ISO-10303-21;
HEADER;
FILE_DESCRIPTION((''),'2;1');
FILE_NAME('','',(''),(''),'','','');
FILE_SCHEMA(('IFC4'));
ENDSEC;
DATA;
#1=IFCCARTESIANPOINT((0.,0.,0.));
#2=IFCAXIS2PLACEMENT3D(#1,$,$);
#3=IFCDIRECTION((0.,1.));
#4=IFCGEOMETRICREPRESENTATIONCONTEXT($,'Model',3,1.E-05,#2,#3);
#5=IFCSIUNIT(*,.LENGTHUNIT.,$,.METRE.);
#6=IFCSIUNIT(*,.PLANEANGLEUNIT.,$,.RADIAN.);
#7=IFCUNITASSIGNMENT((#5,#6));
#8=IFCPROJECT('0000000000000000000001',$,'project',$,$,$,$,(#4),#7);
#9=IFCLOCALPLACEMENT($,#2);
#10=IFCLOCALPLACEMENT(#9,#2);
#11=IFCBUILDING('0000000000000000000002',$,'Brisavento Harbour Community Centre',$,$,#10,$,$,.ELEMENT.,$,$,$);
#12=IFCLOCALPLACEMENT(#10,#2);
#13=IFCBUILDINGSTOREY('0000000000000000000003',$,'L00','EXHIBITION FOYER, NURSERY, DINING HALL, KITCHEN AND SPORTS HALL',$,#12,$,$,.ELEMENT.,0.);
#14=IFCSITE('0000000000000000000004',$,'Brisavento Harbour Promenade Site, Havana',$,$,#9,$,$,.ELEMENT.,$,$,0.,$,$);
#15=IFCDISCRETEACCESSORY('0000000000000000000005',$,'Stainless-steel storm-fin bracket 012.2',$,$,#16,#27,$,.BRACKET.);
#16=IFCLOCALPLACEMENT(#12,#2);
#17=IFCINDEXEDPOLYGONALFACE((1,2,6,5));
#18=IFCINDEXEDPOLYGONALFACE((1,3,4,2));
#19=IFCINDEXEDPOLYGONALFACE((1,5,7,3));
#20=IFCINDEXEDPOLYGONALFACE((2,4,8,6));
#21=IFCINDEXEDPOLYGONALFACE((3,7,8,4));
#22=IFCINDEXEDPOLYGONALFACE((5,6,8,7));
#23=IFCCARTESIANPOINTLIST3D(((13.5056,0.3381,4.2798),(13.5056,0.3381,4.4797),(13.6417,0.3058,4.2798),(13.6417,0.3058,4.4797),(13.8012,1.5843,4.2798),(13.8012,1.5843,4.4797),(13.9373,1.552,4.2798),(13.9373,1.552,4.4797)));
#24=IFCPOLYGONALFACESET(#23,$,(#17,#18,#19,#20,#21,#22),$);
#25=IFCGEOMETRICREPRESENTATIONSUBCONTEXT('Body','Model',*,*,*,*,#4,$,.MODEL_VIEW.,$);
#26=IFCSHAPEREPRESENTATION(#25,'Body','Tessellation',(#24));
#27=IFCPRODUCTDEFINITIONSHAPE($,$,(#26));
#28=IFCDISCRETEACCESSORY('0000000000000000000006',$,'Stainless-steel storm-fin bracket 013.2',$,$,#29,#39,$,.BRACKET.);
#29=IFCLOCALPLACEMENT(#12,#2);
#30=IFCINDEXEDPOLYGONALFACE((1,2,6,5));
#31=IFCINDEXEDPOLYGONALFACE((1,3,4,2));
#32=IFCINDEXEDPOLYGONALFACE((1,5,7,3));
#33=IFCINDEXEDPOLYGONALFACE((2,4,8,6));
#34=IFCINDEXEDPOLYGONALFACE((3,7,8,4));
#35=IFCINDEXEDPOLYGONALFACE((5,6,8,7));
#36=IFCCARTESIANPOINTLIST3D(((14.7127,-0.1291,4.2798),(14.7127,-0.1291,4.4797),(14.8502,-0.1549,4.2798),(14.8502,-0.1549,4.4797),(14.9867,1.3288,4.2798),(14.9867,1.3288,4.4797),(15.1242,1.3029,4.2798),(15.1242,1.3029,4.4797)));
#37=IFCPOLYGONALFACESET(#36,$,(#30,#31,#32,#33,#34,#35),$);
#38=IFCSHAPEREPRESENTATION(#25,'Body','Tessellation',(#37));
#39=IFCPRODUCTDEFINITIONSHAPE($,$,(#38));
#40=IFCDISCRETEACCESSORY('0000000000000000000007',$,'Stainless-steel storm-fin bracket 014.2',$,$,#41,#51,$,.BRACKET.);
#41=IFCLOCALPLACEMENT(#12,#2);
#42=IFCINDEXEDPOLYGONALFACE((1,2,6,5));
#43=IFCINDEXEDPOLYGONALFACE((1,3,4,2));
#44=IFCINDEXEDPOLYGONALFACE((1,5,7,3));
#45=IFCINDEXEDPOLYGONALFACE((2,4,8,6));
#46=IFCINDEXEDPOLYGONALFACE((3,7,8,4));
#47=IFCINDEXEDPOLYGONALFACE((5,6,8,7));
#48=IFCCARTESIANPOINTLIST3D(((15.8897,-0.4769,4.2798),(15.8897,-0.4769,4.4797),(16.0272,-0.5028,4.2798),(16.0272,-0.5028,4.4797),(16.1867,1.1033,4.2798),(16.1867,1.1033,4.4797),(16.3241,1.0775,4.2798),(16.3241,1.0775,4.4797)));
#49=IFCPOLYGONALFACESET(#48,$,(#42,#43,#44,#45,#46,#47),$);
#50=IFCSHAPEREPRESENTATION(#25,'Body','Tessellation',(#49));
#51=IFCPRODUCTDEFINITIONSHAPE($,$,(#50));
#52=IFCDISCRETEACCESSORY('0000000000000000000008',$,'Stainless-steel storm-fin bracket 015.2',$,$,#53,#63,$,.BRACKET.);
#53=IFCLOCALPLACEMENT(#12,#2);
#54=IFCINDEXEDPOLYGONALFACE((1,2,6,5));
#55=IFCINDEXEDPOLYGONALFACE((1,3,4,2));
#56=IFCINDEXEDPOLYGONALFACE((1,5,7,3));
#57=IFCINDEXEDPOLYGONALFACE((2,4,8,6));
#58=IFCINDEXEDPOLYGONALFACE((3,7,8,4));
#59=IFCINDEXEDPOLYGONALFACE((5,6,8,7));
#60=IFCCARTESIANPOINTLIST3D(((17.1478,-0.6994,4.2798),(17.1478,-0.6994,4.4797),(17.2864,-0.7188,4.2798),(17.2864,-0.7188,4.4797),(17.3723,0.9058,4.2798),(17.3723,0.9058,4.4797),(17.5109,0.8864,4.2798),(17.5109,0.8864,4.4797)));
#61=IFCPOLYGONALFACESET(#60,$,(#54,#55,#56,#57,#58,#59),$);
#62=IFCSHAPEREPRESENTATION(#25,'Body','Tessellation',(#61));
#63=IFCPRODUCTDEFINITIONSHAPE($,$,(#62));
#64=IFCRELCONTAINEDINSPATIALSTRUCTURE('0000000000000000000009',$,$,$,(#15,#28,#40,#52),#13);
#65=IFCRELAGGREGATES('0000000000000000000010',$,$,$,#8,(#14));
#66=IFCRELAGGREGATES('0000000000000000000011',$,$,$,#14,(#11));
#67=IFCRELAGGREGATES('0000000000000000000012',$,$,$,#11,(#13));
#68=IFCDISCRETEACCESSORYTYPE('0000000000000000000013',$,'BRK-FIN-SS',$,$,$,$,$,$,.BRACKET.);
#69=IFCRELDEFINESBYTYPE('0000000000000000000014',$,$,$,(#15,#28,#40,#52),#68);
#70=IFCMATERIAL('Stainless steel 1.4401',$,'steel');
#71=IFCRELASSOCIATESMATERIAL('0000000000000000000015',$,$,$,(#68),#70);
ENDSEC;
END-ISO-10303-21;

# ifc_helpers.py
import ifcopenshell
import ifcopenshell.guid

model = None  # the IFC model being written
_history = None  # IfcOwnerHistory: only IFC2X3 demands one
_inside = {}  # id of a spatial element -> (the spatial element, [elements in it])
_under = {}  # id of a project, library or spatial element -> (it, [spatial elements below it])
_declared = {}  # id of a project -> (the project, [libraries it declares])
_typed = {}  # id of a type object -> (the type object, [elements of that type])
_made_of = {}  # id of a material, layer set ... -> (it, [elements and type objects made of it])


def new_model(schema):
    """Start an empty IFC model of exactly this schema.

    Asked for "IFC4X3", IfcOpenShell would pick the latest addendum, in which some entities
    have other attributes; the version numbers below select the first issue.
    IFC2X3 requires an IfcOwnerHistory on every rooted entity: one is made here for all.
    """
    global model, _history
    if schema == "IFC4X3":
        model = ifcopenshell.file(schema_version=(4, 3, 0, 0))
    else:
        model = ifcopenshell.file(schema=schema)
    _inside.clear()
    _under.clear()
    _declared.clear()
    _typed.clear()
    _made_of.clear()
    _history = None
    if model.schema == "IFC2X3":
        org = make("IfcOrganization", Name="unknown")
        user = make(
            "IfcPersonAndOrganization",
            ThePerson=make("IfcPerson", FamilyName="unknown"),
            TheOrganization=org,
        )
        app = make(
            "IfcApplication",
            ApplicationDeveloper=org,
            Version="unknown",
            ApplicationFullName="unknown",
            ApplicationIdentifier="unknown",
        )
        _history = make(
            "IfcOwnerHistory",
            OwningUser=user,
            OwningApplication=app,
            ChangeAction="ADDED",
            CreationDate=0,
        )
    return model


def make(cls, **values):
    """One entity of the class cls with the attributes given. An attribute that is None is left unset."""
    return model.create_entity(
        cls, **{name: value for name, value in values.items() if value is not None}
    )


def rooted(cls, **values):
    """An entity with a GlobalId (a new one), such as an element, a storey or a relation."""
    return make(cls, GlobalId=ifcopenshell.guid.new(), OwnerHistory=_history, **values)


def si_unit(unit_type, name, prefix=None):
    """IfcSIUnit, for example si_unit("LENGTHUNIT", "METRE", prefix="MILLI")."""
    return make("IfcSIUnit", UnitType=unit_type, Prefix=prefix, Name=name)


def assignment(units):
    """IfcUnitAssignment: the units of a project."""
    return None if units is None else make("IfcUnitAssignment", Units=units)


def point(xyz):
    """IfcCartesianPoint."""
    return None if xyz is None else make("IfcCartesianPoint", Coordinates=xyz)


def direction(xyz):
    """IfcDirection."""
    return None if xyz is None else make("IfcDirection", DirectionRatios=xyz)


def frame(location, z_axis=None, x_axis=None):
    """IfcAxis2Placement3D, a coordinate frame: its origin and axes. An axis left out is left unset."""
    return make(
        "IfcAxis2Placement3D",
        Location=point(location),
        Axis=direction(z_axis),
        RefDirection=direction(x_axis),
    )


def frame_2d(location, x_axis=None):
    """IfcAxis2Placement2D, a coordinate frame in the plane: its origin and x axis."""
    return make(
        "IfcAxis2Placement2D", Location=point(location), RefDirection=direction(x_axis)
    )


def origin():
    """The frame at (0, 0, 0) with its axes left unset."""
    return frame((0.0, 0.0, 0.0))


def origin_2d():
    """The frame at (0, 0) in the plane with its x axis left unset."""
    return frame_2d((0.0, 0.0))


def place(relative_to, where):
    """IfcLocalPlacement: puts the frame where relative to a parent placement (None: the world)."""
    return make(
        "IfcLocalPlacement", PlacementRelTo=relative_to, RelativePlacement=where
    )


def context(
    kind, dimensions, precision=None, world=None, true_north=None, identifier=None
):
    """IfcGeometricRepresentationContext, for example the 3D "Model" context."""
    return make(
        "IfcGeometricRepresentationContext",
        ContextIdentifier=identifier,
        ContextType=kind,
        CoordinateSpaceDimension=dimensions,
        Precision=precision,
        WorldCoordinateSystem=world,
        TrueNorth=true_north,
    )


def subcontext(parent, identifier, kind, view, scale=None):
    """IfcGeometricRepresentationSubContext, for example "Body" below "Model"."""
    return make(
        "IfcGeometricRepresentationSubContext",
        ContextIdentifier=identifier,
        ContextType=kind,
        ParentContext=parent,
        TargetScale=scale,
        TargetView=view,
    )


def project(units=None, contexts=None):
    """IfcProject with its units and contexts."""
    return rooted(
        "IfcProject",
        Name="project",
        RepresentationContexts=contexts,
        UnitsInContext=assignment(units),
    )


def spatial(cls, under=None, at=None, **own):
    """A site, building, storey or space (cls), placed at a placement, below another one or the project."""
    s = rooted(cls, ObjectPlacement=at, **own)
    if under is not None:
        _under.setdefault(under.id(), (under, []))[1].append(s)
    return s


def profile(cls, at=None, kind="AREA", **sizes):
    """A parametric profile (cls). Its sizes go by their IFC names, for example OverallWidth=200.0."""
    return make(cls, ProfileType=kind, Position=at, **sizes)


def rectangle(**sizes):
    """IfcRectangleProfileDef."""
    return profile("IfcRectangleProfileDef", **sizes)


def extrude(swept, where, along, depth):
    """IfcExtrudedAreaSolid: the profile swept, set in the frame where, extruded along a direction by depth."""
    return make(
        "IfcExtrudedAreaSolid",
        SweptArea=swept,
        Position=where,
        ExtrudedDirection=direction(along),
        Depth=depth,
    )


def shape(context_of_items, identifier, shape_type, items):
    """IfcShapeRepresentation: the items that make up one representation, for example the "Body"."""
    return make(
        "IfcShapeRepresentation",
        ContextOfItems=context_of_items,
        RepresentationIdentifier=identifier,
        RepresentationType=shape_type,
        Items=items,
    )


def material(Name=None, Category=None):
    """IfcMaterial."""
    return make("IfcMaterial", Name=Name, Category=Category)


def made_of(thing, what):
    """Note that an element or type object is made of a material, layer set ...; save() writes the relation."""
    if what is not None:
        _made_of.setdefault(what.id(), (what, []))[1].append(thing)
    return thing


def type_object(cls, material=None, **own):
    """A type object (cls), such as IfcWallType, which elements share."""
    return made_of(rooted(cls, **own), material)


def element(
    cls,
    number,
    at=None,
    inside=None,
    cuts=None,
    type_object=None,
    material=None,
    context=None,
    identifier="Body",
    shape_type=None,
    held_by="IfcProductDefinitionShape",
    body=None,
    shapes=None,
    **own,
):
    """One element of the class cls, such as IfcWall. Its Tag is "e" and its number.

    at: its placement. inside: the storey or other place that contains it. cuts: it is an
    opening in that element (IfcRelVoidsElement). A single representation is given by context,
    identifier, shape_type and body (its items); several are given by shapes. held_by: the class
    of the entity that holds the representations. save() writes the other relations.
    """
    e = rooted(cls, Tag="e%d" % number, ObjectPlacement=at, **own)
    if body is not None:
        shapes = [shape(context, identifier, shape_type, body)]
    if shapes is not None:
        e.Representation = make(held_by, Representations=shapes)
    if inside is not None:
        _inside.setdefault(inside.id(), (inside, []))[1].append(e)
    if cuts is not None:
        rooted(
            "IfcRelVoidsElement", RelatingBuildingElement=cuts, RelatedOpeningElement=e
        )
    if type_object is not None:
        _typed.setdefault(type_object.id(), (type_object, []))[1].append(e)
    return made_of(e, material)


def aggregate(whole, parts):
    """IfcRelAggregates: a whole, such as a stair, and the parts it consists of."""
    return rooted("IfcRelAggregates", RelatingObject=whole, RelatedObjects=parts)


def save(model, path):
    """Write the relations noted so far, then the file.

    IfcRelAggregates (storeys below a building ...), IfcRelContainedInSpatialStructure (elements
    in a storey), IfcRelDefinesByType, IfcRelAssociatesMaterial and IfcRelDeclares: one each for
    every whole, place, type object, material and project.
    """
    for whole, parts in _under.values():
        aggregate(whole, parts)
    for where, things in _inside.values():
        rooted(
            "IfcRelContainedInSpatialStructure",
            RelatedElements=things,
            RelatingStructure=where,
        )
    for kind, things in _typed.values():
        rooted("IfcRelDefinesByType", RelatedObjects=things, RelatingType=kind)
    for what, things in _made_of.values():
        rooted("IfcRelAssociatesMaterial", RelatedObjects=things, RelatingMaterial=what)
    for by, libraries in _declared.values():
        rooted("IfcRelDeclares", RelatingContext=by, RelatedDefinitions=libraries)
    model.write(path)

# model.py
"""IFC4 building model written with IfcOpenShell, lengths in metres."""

from ifc_helpers import new_model, si_unit, direction, frame, origin, origin_2d, place, context, subcontext, project, spatial, rectangle, extrude, material, type_object, element, save


model = new_model("IFC4")

# Units and contexts
model_context = context("Model", 3, precision=1e-05, world=origin(), true_north=direction((0.0, 1.0)))
body_context = subcontext(model_context, "Body", "Model", "MODEL_VIEW")
ifc_project = project(units=[si_unit("LENGTHUNIT", "METRE"), si_unit("PLANEANGLEUNIT", "RADIAN")], contexts=[model_context])

# Site, building, storey
site_placement = place(None, origin())
site = spatial("IfcSite", under=ifc_project, at=site_placement, Name="Brisavento Harbour Promenade Site, Havana", CompositionType="ELEMENT", RefElevation=0.0)
building_placement = place(site_placement, origin())
building = spatial("IfcBuilding", under=site, at=building_placement, Name="Brisavento Harbour Community Centre", CompositionType="ELEMENT")
storey_placement = place(building_placement, origin())
storey = spatial("IfcBuildingStorey", under=building, at=storey_placement, Name="L00", Description="EXHIBITION FOYER, NURSERY, DINING HALL, KITCHEN AND SPORTS HALL", CompositionType="ELEMENT", Elevation=0.0)

# Discrete accessories
ifc_material_1 = material(Name="Stainless steel 1.4401", Category="steel")
discrete_accessory_type = type_object("IfcDiscreteAccessoryType", Name="BRK-FIN-SS", PredefinedType="BRACKET", material=ifc_material_1)
discrete_accessory_1_placement = place(storey_placement, frame((13.7214, 0.9451, 4.2798), z_axis=(0.0, 0.0, 1.0), x_axis=(-0.230831, -0.972994, 0.0)))
element("IfcDiscreteAccessory", 1, at=discrete_accessory_1_placement, inside=storey, type_object=discrete_accessory_type, Name="Stainless-steel storm-fin bracket 012.2", PredefinedType="BRACKET", context=body_context, shape_type="SweptSolid", body=[
    extrude(rectangle(XDim=1.2808, YDim=0.1399, at=origin_2d()), origin(), (0.0, 0.0, 1.0), 0.2),
])
discrete_accessory_2_placement = place(storey_placement, frame((14.9185, 0.5869, 4.2798), z_axis=(0.0, 0.0, 1.0), x_axis=(-0.184672, -0.9828, 0.0)))
element("IfcDiscreteAccessory", 2, at=discrete_accessory_2_placement, inside=storey, type_object=discrete_accessory_type, Name="Stainless-steel storm-fin bracket 013.2", PredefinedType="BRACKET", context=body_context, shape_type="SweptSolid", body=[
    extrude(rectangle(XDim=1.4834, YDim=0.1399, at=origin_2d()), origin(), (0.0, 0.0, 1.0), 0.2),
])
discrete_accessory_3_placement = place(storey_placement, frame((16.1069, 0.3003, 4.2798), z_axis=(0.0, 0.0, 1.0), x_axis=(-0.184672, -0.9828, 0.0)))
element("IfcDiscreteAccessory", 3, at=discrete_accessory_3_placement, inside=storey, type_object=discrete_accessory_type, Name="Stainless-steel storm-fin bracket 014.2", PredefinedType="BRACKET", context=body_context, shape_type="SweptSolid", body=[
    extrude(rectangle(XDim=1.6079, YDim=0.1399, at=origin_2d()), origin(), (0.0, 0.0, 1.0), 0.2),
])
discrete_accessory_4_placement = place(storey_placement, frame((17.3293, 0.0935, 4.2798), z_axis=(0.0, 0.0, 1.0), x_axis=(-0.138499, -0.990363, 0.0)))
element("IfcDiscreteAccessory", 4, at=discrete_accessory_4_placement, inside=storey, type_object=discrete_accessory_type, Name="Stainless-steel storm-fin bracket 015.2", PredefinedType="BRACKET", context=body_context, shape_type="SweptSolid", body=[
    extrude(rectangle(XDim=1.6208, YDim=0.1399, at=origin_2d()), origin(), (0.0, 0.0, 1.0), 0.2),
])

save(model, "model.ifc")
